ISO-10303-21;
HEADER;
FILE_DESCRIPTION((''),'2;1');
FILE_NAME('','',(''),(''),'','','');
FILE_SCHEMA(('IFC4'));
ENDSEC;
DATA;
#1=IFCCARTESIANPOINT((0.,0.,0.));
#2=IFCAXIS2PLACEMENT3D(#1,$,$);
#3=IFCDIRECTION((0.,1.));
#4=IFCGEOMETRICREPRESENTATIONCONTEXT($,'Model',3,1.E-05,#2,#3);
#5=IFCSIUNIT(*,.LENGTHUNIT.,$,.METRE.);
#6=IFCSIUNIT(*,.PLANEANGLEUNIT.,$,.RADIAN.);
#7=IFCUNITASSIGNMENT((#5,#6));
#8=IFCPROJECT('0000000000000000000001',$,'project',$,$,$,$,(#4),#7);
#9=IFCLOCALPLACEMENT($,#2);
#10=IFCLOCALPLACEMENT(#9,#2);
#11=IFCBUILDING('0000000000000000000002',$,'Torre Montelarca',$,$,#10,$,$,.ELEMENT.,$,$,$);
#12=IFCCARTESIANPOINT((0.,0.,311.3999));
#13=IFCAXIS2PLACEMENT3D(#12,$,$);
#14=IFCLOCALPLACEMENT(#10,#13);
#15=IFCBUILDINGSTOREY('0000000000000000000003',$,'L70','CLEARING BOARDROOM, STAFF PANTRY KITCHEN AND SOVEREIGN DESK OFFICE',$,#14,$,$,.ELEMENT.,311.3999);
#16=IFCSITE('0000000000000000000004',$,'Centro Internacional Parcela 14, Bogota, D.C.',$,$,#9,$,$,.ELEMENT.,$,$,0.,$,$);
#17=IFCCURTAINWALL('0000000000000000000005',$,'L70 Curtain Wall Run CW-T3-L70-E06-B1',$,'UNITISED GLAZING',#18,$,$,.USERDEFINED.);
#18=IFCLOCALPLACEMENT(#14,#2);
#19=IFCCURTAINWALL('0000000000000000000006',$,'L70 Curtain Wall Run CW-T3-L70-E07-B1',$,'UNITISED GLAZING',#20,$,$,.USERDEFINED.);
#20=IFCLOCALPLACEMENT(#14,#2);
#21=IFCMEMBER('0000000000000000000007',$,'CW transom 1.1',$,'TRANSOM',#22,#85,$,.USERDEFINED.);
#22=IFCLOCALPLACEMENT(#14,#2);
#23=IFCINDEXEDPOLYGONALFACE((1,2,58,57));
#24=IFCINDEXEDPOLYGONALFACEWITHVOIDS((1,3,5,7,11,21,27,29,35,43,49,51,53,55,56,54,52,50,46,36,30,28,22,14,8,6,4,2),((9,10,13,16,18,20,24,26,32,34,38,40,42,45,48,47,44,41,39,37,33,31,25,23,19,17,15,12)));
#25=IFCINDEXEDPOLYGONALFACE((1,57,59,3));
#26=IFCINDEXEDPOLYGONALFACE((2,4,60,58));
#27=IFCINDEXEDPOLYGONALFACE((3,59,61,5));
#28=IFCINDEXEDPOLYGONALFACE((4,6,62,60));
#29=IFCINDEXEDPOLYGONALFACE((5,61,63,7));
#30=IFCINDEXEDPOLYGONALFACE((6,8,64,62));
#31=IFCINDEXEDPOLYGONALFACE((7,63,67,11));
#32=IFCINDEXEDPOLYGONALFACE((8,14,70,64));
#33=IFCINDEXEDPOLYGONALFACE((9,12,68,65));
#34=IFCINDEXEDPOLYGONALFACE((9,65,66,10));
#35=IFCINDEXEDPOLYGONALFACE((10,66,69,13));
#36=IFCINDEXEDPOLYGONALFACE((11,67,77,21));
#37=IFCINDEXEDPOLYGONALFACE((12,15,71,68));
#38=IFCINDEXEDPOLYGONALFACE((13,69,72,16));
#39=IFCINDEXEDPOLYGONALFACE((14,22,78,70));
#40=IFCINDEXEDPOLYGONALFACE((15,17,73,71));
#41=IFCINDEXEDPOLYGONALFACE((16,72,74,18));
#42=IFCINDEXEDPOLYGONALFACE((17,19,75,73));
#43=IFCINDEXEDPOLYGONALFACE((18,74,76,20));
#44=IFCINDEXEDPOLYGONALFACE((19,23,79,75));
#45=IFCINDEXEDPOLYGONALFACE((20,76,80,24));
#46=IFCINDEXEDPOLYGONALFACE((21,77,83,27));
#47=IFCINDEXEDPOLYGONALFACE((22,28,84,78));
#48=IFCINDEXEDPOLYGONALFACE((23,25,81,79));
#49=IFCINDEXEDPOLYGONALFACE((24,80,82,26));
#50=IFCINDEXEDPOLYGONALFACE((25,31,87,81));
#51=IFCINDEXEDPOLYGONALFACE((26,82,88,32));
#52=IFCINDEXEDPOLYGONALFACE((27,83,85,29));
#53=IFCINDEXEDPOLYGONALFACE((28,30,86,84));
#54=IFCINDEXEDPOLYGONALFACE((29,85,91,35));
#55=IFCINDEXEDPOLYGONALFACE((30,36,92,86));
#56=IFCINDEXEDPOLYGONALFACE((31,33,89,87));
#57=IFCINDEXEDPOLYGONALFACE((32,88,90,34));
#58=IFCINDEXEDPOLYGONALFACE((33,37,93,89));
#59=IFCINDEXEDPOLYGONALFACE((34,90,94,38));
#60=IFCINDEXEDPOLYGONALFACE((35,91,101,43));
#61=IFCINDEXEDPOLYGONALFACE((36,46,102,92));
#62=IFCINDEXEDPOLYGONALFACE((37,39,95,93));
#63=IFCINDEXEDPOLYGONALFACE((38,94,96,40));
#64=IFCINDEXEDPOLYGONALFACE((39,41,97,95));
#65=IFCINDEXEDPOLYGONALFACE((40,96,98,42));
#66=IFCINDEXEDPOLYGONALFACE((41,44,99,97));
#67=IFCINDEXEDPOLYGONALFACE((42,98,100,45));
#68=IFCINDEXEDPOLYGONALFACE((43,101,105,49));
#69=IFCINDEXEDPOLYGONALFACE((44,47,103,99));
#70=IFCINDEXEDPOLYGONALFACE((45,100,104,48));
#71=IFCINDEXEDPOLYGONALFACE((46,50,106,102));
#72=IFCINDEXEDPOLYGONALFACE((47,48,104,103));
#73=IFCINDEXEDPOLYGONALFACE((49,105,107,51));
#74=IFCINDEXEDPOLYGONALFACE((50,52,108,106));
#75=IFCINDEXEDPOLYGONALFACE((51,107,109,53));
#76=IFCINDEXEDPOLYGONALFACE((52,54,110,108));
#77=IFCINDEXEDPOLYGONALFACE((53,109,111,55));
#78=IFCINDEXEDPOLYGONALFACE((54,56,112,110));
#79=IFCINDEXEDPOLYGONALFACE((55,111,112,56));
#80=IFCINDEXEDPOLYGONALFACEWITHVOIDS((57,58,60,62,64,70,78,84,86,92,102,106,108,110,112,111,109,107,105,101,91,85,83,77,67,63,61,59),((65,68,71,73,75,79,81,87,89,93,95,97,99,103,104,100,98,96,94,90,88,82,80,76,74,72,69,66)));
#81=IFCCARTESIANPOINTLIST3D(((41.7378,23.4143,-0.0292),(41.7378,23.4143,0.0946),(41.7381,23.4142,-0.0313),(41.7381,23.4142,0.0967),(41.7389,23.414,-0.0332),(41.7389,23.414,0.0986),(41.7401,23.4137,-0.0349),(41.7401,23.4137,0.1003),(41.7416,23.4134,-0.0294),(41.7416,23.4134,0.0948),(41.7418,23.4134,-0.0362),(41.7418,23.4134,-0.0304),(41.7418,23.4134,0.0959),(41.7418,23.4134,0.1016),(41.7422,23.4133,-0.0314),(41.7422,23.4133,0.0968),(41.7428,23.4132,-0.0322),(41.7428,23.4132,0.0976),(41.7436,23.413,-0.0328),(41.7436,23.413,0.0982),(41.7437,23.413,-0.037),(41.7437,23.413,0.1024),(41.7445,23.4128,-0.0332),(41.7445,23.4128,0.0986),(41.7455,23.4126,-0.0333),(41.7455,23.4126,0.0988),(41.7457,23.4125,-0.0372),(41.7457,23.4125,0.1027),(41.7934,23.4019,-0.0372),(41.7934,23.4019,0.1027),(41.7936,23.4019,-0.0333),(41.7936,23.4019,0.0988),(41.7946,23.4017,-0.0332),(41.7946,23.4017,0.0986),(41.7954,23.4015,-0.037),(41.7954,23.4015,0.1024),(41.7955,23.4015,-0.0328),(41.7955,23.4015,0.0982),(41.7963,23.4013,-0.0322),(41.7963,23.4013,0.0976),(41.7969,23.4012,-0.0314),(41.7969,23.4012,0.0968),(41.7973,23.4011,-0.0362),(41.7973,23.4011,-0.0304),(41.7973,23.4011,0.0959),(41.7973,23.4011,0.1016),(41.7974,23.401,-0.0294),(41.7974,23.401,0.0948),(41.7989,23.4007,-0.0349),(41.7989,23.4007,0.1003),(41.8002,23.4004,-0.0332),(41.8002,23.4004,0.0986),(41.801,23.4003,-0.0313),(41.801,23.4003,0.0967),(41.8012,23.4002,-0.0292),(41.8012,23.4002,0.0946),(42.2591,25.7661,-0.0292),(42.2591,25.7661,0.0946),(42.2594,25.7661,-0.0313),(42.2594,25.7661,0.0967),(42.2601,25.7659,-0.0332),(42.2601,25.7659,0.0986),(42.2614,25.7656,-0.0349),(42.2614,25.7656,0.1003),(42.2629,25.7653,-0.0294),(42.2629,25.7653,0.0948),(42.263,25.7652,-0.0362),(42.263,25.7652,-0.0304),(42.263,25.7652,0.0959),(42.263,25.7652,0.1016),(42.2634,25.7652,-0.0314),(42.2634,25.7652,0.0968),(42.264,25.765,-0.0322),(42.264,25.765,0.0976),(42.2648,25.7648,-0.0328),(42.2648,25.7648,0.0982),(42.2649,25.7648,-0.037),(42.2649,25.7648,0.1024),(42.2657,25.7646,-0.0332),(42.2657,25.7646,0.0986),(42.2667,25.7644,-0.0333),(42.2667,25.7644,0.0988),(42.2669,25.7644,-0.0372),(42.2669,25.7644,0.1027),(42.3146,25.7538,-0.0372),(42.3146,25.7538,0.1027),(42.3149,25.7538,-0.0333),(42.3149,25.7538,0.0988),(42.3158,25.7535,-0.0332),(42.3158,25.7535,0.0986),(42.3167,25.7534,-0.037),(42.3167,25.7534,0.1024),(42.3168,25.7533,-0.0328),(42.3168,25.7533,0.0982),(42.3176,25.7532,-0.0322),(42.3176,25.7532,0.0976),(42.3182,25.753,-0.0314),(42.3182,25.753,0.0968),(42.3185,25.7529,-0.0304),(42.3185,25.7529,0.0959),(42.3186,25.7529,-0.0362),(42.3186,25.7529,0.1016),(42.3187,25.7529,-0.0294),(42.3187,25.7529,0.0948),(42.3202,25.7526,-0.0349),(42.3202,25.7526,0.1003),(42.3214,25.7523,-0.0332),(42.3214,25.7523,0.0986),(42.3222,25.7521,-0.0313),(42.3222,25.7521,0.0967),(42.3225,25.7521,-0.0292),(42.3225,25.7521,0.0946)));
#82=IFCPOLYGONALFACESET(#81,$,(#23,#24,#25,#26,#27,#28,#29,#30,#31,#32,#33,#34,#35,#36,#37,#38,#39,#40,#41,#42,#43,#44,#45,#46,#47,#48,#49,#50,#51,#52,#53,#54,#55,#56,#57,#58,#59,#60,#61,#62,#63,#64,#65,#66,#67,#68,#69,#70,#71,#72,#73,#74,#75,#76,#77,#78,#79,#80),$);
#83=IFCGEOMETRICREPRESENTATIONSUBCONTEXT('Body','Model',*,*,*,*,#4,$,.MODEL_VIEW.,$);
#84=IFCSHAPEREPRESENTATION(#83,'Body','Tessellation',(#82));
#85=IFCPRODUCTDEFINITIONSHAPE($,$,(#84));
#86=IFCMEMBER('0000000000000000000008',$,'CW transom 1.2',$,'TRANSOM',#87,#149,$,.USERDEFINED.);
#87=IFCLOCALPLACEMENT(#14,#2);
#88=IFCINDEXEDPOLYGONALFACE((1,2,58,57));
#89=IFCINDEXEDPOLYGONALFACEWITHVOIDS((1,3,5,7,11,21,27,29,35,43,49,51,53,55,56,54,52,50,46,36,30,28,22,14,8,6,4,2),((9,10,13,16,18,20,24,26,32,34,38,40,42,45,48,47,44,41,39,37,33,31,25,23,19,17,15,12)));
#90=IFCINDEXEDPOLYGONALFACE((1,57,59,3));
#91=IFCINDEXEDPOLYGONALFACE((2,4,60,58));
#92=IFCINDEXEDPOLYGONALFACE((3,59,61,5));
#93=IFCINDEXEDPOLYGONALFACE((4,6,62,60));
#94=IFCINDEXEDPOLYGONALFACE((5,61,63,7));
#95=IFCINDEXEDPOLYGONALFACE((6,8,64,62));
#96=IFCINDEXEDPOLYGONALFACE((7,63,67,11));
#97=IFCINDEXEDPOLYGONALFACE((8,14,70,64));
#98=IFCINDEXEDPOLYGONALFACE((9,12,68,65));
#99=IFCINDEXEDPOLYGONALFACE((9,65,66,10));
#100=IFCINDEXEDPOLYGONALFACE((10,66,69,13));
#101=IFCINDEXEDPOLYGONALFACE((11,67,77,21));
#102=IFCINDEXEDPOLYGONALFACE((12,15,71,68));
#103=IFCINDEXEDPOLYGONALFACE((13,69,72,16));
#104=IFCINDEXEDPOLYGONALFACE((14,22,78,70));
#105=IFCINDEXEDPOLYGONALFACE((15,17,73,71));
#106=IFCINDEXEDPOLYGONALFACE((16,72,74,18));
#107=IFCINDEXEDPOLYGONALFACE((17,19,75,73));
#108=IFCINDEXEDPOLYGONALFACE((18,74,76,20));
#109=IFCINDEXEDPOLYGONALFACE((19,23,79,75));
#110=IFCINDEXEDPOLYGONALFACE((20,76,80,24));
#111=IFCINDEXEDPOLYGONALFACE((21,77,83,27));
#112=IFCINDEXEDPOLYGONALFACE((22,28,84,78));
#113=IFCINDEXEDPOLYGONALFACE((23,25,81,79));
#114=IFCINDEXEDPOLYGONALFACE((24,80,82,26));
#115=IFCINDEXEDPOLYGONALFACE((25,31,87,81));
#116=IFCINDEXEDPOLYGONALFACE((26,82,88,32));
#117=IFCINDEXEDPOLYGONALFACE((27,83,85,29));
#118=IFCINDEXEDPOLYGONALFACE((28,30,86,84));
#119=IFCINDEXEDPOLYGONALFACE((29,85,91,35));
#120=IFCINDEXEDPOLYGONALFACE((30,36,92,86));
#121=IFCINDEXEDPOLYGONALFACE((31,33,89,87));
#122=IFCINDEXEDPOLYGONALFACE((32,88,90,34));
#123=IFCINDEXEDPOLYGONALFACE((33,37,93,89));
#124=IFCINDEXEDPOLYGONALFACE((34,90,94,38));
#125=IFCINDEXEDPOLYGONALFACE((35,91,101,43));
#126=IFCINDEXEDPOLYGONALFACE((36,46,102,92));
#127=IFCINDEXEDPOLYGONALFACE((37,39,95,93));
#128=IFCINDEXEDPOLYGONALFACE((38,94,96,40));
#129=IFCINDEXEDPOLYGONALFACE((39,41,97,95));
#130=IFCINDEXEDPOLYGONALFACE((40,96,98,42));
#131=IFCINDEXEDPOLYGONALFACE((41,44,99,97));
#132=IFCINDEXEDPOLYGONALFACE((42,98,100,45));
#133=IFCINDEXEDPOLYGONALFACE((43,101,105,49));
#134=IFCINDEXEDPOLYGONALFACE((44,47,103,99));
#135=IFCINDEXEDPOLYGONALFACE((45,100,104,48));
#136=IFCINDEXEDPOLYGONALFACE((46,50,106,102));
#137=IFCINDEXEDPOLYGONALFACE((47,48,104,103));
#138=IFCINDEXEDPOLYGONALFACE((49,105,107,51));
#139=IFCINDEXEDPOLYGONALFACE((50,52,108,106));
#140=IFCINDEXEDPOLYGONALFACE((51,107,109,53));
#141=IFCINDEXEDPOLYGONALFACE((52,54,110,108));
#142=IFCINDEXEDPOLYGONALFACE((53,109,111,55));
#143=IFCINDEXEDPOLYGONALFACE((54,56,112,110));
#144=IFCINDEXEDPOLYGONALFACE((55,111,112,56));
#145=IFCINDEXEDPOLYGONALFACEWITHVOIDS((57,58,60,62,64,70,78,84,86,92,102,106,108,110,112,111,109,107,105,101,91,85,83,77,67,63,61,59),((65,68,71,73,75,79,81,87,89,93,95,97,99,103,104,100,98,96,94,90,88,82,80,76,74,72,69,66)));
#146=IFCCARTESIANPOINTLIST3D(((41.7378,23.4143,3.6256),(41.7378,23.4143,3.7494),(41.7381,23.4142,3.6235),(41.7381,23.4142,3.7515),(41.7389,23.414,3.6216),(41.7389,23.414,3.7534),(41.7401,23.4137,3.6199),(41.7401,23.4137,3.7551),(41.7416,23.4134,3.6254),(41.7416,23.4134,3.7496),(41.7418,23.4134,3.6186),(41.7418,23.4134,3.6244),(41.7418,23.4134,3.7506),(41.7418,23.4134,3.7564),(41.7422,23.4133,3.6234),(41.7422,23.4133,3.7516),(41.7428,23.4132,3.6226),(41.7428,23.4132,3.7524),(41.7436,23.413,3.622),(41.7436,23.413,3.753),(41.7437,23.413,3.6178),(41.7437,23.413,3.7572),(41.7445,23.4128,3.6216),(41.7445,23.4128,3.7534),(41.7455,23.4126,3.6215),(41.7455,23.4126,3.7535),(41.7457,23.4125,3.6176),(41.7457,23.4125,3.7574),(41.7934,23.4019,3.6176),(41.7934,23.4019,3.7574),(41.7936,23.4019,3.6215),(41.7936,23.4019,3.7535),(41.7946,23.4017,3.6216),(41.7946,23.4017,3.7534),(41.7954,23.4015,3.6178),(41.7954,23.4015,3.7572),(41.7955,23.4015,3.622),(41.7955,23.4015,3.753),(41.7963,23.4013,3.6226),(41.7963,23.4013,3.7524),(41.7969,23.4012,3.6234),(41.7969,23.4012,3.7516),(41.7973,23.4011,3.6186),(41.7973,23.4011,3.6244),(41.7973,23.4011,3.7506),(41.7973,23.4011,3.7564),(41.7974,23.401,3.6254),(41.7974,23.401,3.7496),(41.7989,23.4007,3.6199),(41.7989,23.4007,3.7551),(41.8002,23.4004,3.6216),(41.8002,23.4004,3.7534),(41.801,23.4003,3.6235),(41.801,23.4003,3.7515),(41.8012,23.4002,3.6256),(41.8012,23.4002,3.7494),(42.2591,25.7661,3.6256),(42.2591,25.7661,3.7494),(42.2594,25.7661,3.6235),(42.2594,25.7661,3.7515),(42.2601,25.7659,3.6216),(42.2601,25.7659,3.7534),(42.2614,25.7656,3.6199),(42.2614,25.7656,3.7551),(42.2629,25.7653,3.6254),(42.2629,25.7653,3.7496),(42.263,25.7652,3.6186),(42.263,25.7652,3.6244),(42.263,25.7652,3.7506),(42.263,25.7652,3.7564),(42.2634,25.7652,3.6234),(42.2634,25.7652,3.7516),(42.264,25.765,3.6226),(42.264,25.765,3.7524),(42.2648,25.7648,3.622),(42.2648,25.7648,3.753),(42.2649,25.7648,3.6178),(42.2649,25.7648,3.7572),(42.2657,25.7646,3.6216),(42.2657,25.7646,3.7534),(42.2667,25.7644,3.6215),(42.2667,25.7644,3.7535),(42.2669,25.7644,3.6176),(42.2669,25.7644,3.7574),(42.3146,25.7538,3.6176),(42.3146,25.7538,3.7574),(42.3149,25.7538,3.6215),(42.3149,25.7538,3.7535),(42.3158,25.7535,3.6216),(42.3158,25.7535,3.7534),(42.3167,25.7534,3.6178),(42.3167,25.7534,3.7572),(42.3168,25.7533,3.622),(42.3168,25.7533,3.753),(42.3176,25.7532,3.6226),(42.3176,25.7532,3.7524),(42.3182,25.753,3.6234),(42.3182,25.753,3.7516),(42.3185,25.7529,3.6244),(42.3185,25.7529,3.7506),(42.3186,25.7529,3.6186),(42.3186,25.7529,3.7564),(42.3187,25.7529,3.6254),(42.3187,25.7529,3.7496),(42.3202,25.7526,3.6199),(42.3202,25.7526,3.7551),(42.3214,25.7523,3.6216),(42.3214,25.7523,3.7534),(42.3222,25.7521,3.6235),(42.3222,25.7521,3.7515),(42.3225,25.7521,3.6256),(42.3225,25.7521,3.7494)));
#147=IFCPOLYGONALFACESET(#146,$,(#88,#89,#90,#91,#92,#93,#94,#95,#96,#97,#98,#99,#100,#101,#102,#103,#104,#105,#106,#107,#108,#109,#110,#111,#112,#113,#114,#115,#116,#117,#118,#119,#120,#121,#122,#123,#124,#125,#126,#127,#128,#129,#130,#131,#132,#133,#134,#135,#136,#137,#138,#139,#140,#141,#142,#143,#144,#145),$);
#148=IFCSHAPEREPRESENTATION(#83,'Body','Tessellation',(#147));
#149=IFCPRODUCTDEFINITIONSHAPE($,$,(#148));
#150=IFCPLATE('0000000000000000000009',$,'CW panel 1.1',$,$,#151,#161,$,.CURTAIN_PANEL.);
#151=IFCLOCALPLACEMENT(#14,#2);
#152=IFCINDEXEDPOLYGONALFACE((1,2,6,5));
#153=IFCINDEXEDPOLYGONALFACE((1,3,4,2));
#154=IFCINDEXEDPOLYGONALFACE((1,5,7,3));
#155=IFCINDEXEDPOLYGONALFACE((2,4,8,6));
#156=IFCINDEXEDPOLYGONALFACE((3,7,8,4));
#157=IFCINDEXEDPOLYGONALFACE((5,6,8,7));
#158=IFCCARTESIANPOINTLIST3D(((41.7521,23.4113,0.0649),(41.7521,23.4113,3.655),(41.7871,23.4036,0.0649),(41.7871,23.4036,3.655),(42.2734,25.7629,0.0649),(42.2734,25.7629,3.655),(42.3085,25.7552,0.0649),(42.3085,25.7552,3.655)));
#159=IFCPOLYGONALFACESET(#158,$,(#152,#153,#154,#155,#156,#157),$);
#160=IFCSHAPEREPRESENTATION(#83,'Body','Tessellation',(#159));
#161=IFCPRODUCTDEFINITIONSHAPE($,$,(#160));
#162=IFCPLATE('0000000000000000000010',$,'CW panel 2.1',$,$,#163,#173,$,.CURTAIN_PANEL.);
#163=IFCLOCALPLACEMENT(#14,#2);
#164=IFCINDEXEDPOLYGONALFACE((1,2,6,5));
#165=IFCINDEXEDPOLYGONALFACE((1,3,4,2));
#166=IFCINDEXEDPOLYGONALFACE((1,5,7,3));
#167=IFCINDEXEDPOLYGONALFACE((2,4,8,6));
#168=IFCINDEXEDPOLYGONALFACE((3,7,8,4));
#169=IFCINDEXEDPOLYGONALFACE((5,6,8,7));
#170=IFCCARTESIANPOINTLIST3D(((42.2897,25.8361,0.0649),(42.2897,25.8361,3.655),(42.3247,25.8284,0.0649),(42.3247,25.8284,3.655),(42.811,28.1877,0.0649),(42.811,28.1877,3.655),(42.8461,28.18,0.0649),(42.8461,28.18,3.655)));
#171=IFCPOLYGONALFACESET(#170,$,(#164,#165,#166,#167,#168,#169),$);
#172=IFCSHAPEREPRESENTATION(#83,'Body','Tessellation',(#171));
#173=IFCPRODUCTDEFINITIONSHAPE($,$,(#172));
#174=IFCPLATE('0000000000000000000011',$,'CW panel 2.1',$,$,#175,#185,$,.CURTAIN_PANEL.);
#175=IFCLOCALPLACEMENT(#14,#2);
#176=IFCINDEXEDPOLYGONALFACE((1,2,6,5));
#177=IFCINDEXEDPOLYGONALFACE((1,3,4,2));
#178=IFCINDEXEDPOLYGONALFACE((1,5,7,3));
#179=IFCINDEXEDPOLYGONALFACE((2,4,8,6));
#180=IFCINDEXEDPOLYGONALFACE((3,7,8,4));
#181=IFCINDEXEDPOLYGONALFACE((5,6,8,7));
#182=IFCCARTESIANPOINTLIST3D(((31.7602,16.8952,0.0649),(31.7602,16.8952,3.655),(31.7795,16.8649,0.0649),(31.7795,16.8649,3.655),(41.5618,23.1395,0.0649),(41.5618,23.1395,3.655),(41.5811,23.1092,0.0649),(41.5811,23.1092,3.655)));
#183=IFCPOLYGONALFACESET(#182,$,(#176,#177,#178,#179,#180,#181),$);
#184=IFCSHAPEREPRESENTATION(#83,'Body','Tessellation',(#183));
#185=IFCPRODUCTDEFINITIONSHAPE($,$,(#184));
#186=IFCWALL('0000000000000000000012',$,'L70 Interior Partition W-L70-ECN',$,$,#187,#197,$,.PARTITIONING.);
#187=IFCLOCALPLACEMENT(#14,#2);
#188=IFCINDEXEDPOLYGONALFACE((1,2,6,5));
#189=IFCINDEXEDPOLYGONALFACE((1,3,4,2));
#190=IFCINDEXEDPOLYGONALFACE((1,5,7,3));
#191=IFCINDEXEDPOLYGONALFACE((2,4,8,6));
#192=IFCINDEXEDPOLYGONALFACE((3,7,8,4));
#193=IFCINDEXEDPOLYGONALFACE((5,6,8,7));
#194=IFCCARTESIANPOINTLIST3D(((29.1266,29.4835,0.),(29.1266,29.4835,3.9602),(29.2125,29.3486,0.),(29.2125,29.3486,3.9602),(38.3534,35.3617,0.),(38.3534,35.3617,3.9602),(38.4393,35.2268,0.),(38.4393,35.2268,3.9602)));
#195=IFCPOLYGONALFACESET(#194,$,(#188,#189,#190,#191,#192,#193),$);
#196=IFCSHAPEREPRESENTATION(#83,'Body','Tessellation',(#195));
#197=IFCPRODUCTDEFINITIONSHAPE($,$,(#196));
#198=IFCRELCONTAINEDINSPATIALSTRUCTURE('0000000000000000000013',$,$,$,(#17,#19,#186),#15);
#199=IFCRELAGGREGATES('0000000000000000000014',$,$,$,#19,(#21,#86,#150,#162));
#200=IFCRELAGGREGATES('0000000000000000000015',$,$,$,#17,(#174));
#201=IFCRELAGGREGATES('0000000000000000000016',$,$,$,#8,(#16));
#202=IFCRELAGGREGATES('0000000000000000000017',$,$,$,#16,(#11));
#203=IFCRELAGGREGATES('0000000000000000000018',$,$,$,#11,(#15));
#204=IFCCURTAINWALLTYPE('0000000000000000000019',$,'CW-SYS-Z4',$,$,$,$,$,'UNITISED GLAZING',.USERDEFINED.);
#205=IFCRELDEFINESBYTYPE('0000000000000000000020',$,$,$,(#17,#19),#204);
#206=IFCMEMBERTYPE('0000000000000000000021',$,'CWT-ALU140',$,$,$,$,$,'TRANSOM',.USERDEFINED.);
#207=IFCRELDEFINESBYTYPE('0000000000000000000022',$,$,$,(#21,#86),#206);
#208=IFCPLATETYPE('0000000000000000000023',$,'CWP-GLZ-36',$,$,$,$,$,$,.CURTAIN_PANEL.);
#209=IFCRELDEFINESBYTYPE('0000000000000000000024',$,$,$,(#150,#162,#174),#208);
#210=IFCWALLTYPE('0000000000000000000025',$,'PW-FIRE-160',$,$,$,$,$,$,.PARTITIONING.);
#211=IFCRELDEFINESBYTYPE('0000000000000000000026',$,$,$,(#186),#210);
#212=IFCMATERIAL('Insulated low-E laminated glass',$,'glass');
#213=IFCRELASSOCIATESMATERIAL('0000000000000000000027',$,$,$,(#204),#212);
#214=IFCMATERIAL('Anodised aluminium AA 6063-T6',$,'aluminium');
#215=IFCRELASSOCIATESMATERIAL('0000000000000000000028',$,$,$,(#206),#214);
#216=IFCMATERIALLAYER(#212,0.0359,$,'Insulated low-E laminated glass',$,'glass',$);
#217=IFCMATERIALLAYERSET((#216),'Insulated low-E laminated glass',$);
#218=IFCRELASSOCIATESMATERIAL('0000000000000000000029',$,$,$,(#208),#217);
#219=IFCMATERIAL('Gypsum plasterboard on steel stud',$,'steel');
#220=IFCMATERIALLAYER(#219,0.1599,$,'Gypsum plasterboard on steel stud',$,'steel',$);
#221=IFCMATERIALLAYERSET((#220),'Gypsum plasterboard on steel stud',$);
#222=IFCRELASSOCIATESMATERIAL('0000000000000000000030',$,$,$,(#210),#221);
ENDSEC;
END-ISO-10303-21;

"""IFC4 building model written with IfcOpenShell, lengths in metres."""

from ifc_helpers import new_model, si_unit, direction, frame, frame_2d, origin, origin_2d, place, context, subcontext, project, spatial, rectangle, hollow_rectangle, extrude, source, transform, mapped, material, layer, layer_set, material_profile, profile_set, type_object, element, aggregate, save


model = new_model("IFC4")

# Units and contexts
model_context = context("Model", 3, precision=1e-05, world=origin(), true_north=direction((0.0, 1.0)))
body_context = subcontext(model_context, "Body", "Model", "MODEL_VIEW")
ifc_project = project(units=[si_unit("LENGTHUNIT", "METRE"), si_unit("PLANEANGLEUNIT", "RADIAN")], contexts=[model_context])

# Site, building, storey
site_placement = place(None, origin())
site = spatial("IfcSite", under=ifc_project, at=site_placement, Name="Centro Internacional Parcela 14, Bogota, D.C.", CompositionType="ELEMENT", RefElevation=0.0)
building_placement = place(site_placement, origin())
building = spatial("IfcBuilding", under=site, at=building_placement, Name="Torre Montelarca", CompositionType="ELEMENT")
storey_placement = place(building_placement, frame((0.0, 0.0, 311.3999)))
storey = spatial("IfcBuildingStorey", under=building, at=storey_placement, Name="L70", Description="CLEARING BOARDROOM, STAFF PANTRY KITCHEN AND SOVEREIGN DESK OFFICE", CompositionType="ELEMENT", Elevation=311.3999)

# Curtain walls
ifc_material_1 = material(Name="Insulated low-E laminated glass", Category="glass")
curtain_wall_type = type_object("IfcCurtainWallType", Name="CW-SYS-Z4", ElementType="UNITISED GLAZING", PredefinedType="USERDEFINED", material=ifc_material_1)
curtain_wall_1_placement = place(storey_placement, origin())
curtain_wall_1 = element("IfcCurtainWall", 1, at=curtain_wall_1_placement, inside=storey, type_object=curtain_wall_type, Name="L70 Curtain Wall Run CW-T3-L70-E06-B1", ObjectType="UNITISED GLAZING", PredefinedType="USERDEFINED")
ifc_material_2 = material(Name="Anodised aluminium AA 6063-T6", Category="aluminium")
curtain_wall_2_placement = place(storey_placement, origin())
curtain_wall_2 = element("IfcCurtainWall", 2, at=curtain_wall_2_placement, inside=storey, type_object=curtain_wall_type, Name="L70 Curtain Wall Run CW-T3-L70-E07-B1", ObjectType="UNITISED GLAZING", PredefinedType="USERDEFINED")

# Members
ifc_material_profile_1 = material_profile(ifc_material_2, hollow_rectangle(XDim=0.0649, YDim=0.1399, WallThickness=0.0039, InnerFilletRadius=0.0039, OuterFilletRadius=0.0081, at=origin_2d()), Name="ALU65X140X4", Category="aluminium")
ifc_profile_set_1 = profile_set([ifc_material_profile_1], Name="Anodised aluminium AA 6063-T6")
member_type_1 = type_object("IfcMemberType", Name="CWT-ALU140", ElementType="TRANSOM", PredefinedType="USERDEFINED", material=ifc_profile_set_1)
shared_shape_1 = source(origin(), body_context, "Body", "SweptSolid", [
    extrude(hollow_rectangle(XDim=0.0649, YDim=0.1399, WallThickness=0.0039, InnerFilletRadius=0.0039, OuterFilletRadius=0.0081, at=origin_2d()), origin(), (0.0, 0.0, 1.0), 2.4089),
])
member_1_placement = place(storey_placement, frame((41.7695, 23.4072, 0.0327), z_axis=(0.216383, 0.976309, 0.0), x_axis=(-0.976309, 0.216383, 0.0)))
member_1 = element("IfcMember", 3, at=member_1_placement, type_object=member_type_1, Name="CW transom 1.1", ObjectType="TRANSOM", PredefinedType="USERDEFINED", context=body_context, shape_type="MappedRepresentation", body=[
    mapped(shared_shape_1, transform((0.0, 0.0, 0.0), scale=1.0)),
])
member_2_placement = place(storey_placement, frame((41.7695, 23.4072, 3.6875), z_axis=(0.216383, 0.976309, 0.0), x_axis=(-0.976309, 0.216383, 0.0)))
member_2 = element("IfcMember", 4, at=member_2_placement, type_object=member_type_1, Name="CW transom 1.2", ObjectType="TRANSOM", PredefinedType="USERDEFINED", context=body_context, shape_type="MappedRepresentation", body=[
    mapped(shared_shape_1, transform((0.0, 0.0, 0.0), scale=1.0)),
])

# Plates
ifc_layer_1 = layer(ifc_material_1, 0.0359, Name="Insulated low-E laminated glass", Category="glass")
ifc_layer_set_1 = layer_set([ifc_layer_1], Name="Insulated low-E laminated glass")
plate_type = type_object("IfcPlateType", Name="CWP-GLZ-36", PredefinedType="CURTAIN_PANEL", material=ifc_layer_set_1)
shared_shape_2 = source(origin(), body_context, "Body", "SweptSolid", [
    extrude(rectangle(XDim=2.4087, YDim=0.0359, at=origin_2d()), origin(), (0.0, 0.0, 1.0), 3.5901),
])
plate_1_placement = place(storey_placement, frame((42.0303, 24.5833, 0.0649), z_axis=(0.0, 0.0, 1.0), x_axis=(0.216443, 0.976295, 0.0)))
plate_1 = element("IfcPlate", 5, at=plate_1_placement, type_object=plate_type, Name="CW panel 1.1", PredefinedType="CURTAIN_PANEL", context=body_context, shape_type="MappedRepresentation", body=[
    mapped(shared_shape_2, transform((0.0, 0.0, 0.0), scale=1.0)),
])
plate_2_placement = place(storey_placement, frame((42.5679, 27.0081, 0.0649), z_axis=(0.0, 0.0, 1.0), x_axis=(0.216443, 0.976295, 0.0)))
plate_2 = element("IfcPlate", 6, at=plate_2_placement, type_object=plate_type, Name="CW panel 2.1", PredefinedType="CURTAIN_PANEL", context=body_context, shape_type="MappedRepresentation", body=[
    mapped(shared_shape_2, transform((0.0, 0.0, 0.0), scale=1.0)),
])
aggregate(curtain_wall_2, [member_1, member_2, plate_1, plate_2])
shared_shape_3 = source(origin(), body_context, "Body", "SweptSolid", [
    extrude(rectangle(XDim=11.6216, YDim=0.0359, at=origin_2d()), origin(), (0.0, 0.0, 1.0), 3.5901),
])
plate_3_placement = place(storey_placement, frame((36.6707, 20.0022, 0.0649), z_axis=(0.0, 0.0, 1.0), x_axis=(0.84339, 0.537302, 0.0)))
plate_3 = element("IfcPlate", 7, at=plate_3_placement, type_object=plate_type, Name="CW panel 2.1", PredefinedType="CURTAIN_PANEL", context=body_context, shape_type="MappedRepresentation", body=[
    mapped(shared_shape_3, transform((0.0, 0.0, 0.0), scale=1.0)),
])
aggregate(curtain_wall_1, [plate_3])

# Wall
ifc_material_3 = material(Name="Gypsum plasterboard on steel stud", Category="steel")
ifc_layer_2 = layer(ifc_material_3, 0.1599, Name="Gypsum plasterboard on steel stud", Category="steel")
ifc_layer_set_2 = layer_set([ifc_layer_2], Name="Gypsum plasterboard on steel stud")
wall_type_1 = type_object("IfcWallType", Name="PW-FIRE-160", PredefinedType="PARTITIONING", material=ifc_layer_set_2)
wall_1_placement = place(storey_placement, frame((29.1694, 29.416, 0.0), z_axis=(0.0, 0.0, 1.0), x_axis=(0.843389, 0.537303, 0.0)))
element("IfcWall", 8, at=wall_1_placement, inside=storey, type_object=wall_type_1, Name="L70 Interior Partition W-L70-ECN", PredefinedType="PARTITIONING", context=body_context, shape_type="SweptSolid", body=[
    extrude(rectangle(XDim=10.9402, YDim=0.1599, at=frame_2d((5.4702, 0.0))), origin(), (0.0, 0.0, 1.0), 3.9602),
])

save(model, "model.ifc")
